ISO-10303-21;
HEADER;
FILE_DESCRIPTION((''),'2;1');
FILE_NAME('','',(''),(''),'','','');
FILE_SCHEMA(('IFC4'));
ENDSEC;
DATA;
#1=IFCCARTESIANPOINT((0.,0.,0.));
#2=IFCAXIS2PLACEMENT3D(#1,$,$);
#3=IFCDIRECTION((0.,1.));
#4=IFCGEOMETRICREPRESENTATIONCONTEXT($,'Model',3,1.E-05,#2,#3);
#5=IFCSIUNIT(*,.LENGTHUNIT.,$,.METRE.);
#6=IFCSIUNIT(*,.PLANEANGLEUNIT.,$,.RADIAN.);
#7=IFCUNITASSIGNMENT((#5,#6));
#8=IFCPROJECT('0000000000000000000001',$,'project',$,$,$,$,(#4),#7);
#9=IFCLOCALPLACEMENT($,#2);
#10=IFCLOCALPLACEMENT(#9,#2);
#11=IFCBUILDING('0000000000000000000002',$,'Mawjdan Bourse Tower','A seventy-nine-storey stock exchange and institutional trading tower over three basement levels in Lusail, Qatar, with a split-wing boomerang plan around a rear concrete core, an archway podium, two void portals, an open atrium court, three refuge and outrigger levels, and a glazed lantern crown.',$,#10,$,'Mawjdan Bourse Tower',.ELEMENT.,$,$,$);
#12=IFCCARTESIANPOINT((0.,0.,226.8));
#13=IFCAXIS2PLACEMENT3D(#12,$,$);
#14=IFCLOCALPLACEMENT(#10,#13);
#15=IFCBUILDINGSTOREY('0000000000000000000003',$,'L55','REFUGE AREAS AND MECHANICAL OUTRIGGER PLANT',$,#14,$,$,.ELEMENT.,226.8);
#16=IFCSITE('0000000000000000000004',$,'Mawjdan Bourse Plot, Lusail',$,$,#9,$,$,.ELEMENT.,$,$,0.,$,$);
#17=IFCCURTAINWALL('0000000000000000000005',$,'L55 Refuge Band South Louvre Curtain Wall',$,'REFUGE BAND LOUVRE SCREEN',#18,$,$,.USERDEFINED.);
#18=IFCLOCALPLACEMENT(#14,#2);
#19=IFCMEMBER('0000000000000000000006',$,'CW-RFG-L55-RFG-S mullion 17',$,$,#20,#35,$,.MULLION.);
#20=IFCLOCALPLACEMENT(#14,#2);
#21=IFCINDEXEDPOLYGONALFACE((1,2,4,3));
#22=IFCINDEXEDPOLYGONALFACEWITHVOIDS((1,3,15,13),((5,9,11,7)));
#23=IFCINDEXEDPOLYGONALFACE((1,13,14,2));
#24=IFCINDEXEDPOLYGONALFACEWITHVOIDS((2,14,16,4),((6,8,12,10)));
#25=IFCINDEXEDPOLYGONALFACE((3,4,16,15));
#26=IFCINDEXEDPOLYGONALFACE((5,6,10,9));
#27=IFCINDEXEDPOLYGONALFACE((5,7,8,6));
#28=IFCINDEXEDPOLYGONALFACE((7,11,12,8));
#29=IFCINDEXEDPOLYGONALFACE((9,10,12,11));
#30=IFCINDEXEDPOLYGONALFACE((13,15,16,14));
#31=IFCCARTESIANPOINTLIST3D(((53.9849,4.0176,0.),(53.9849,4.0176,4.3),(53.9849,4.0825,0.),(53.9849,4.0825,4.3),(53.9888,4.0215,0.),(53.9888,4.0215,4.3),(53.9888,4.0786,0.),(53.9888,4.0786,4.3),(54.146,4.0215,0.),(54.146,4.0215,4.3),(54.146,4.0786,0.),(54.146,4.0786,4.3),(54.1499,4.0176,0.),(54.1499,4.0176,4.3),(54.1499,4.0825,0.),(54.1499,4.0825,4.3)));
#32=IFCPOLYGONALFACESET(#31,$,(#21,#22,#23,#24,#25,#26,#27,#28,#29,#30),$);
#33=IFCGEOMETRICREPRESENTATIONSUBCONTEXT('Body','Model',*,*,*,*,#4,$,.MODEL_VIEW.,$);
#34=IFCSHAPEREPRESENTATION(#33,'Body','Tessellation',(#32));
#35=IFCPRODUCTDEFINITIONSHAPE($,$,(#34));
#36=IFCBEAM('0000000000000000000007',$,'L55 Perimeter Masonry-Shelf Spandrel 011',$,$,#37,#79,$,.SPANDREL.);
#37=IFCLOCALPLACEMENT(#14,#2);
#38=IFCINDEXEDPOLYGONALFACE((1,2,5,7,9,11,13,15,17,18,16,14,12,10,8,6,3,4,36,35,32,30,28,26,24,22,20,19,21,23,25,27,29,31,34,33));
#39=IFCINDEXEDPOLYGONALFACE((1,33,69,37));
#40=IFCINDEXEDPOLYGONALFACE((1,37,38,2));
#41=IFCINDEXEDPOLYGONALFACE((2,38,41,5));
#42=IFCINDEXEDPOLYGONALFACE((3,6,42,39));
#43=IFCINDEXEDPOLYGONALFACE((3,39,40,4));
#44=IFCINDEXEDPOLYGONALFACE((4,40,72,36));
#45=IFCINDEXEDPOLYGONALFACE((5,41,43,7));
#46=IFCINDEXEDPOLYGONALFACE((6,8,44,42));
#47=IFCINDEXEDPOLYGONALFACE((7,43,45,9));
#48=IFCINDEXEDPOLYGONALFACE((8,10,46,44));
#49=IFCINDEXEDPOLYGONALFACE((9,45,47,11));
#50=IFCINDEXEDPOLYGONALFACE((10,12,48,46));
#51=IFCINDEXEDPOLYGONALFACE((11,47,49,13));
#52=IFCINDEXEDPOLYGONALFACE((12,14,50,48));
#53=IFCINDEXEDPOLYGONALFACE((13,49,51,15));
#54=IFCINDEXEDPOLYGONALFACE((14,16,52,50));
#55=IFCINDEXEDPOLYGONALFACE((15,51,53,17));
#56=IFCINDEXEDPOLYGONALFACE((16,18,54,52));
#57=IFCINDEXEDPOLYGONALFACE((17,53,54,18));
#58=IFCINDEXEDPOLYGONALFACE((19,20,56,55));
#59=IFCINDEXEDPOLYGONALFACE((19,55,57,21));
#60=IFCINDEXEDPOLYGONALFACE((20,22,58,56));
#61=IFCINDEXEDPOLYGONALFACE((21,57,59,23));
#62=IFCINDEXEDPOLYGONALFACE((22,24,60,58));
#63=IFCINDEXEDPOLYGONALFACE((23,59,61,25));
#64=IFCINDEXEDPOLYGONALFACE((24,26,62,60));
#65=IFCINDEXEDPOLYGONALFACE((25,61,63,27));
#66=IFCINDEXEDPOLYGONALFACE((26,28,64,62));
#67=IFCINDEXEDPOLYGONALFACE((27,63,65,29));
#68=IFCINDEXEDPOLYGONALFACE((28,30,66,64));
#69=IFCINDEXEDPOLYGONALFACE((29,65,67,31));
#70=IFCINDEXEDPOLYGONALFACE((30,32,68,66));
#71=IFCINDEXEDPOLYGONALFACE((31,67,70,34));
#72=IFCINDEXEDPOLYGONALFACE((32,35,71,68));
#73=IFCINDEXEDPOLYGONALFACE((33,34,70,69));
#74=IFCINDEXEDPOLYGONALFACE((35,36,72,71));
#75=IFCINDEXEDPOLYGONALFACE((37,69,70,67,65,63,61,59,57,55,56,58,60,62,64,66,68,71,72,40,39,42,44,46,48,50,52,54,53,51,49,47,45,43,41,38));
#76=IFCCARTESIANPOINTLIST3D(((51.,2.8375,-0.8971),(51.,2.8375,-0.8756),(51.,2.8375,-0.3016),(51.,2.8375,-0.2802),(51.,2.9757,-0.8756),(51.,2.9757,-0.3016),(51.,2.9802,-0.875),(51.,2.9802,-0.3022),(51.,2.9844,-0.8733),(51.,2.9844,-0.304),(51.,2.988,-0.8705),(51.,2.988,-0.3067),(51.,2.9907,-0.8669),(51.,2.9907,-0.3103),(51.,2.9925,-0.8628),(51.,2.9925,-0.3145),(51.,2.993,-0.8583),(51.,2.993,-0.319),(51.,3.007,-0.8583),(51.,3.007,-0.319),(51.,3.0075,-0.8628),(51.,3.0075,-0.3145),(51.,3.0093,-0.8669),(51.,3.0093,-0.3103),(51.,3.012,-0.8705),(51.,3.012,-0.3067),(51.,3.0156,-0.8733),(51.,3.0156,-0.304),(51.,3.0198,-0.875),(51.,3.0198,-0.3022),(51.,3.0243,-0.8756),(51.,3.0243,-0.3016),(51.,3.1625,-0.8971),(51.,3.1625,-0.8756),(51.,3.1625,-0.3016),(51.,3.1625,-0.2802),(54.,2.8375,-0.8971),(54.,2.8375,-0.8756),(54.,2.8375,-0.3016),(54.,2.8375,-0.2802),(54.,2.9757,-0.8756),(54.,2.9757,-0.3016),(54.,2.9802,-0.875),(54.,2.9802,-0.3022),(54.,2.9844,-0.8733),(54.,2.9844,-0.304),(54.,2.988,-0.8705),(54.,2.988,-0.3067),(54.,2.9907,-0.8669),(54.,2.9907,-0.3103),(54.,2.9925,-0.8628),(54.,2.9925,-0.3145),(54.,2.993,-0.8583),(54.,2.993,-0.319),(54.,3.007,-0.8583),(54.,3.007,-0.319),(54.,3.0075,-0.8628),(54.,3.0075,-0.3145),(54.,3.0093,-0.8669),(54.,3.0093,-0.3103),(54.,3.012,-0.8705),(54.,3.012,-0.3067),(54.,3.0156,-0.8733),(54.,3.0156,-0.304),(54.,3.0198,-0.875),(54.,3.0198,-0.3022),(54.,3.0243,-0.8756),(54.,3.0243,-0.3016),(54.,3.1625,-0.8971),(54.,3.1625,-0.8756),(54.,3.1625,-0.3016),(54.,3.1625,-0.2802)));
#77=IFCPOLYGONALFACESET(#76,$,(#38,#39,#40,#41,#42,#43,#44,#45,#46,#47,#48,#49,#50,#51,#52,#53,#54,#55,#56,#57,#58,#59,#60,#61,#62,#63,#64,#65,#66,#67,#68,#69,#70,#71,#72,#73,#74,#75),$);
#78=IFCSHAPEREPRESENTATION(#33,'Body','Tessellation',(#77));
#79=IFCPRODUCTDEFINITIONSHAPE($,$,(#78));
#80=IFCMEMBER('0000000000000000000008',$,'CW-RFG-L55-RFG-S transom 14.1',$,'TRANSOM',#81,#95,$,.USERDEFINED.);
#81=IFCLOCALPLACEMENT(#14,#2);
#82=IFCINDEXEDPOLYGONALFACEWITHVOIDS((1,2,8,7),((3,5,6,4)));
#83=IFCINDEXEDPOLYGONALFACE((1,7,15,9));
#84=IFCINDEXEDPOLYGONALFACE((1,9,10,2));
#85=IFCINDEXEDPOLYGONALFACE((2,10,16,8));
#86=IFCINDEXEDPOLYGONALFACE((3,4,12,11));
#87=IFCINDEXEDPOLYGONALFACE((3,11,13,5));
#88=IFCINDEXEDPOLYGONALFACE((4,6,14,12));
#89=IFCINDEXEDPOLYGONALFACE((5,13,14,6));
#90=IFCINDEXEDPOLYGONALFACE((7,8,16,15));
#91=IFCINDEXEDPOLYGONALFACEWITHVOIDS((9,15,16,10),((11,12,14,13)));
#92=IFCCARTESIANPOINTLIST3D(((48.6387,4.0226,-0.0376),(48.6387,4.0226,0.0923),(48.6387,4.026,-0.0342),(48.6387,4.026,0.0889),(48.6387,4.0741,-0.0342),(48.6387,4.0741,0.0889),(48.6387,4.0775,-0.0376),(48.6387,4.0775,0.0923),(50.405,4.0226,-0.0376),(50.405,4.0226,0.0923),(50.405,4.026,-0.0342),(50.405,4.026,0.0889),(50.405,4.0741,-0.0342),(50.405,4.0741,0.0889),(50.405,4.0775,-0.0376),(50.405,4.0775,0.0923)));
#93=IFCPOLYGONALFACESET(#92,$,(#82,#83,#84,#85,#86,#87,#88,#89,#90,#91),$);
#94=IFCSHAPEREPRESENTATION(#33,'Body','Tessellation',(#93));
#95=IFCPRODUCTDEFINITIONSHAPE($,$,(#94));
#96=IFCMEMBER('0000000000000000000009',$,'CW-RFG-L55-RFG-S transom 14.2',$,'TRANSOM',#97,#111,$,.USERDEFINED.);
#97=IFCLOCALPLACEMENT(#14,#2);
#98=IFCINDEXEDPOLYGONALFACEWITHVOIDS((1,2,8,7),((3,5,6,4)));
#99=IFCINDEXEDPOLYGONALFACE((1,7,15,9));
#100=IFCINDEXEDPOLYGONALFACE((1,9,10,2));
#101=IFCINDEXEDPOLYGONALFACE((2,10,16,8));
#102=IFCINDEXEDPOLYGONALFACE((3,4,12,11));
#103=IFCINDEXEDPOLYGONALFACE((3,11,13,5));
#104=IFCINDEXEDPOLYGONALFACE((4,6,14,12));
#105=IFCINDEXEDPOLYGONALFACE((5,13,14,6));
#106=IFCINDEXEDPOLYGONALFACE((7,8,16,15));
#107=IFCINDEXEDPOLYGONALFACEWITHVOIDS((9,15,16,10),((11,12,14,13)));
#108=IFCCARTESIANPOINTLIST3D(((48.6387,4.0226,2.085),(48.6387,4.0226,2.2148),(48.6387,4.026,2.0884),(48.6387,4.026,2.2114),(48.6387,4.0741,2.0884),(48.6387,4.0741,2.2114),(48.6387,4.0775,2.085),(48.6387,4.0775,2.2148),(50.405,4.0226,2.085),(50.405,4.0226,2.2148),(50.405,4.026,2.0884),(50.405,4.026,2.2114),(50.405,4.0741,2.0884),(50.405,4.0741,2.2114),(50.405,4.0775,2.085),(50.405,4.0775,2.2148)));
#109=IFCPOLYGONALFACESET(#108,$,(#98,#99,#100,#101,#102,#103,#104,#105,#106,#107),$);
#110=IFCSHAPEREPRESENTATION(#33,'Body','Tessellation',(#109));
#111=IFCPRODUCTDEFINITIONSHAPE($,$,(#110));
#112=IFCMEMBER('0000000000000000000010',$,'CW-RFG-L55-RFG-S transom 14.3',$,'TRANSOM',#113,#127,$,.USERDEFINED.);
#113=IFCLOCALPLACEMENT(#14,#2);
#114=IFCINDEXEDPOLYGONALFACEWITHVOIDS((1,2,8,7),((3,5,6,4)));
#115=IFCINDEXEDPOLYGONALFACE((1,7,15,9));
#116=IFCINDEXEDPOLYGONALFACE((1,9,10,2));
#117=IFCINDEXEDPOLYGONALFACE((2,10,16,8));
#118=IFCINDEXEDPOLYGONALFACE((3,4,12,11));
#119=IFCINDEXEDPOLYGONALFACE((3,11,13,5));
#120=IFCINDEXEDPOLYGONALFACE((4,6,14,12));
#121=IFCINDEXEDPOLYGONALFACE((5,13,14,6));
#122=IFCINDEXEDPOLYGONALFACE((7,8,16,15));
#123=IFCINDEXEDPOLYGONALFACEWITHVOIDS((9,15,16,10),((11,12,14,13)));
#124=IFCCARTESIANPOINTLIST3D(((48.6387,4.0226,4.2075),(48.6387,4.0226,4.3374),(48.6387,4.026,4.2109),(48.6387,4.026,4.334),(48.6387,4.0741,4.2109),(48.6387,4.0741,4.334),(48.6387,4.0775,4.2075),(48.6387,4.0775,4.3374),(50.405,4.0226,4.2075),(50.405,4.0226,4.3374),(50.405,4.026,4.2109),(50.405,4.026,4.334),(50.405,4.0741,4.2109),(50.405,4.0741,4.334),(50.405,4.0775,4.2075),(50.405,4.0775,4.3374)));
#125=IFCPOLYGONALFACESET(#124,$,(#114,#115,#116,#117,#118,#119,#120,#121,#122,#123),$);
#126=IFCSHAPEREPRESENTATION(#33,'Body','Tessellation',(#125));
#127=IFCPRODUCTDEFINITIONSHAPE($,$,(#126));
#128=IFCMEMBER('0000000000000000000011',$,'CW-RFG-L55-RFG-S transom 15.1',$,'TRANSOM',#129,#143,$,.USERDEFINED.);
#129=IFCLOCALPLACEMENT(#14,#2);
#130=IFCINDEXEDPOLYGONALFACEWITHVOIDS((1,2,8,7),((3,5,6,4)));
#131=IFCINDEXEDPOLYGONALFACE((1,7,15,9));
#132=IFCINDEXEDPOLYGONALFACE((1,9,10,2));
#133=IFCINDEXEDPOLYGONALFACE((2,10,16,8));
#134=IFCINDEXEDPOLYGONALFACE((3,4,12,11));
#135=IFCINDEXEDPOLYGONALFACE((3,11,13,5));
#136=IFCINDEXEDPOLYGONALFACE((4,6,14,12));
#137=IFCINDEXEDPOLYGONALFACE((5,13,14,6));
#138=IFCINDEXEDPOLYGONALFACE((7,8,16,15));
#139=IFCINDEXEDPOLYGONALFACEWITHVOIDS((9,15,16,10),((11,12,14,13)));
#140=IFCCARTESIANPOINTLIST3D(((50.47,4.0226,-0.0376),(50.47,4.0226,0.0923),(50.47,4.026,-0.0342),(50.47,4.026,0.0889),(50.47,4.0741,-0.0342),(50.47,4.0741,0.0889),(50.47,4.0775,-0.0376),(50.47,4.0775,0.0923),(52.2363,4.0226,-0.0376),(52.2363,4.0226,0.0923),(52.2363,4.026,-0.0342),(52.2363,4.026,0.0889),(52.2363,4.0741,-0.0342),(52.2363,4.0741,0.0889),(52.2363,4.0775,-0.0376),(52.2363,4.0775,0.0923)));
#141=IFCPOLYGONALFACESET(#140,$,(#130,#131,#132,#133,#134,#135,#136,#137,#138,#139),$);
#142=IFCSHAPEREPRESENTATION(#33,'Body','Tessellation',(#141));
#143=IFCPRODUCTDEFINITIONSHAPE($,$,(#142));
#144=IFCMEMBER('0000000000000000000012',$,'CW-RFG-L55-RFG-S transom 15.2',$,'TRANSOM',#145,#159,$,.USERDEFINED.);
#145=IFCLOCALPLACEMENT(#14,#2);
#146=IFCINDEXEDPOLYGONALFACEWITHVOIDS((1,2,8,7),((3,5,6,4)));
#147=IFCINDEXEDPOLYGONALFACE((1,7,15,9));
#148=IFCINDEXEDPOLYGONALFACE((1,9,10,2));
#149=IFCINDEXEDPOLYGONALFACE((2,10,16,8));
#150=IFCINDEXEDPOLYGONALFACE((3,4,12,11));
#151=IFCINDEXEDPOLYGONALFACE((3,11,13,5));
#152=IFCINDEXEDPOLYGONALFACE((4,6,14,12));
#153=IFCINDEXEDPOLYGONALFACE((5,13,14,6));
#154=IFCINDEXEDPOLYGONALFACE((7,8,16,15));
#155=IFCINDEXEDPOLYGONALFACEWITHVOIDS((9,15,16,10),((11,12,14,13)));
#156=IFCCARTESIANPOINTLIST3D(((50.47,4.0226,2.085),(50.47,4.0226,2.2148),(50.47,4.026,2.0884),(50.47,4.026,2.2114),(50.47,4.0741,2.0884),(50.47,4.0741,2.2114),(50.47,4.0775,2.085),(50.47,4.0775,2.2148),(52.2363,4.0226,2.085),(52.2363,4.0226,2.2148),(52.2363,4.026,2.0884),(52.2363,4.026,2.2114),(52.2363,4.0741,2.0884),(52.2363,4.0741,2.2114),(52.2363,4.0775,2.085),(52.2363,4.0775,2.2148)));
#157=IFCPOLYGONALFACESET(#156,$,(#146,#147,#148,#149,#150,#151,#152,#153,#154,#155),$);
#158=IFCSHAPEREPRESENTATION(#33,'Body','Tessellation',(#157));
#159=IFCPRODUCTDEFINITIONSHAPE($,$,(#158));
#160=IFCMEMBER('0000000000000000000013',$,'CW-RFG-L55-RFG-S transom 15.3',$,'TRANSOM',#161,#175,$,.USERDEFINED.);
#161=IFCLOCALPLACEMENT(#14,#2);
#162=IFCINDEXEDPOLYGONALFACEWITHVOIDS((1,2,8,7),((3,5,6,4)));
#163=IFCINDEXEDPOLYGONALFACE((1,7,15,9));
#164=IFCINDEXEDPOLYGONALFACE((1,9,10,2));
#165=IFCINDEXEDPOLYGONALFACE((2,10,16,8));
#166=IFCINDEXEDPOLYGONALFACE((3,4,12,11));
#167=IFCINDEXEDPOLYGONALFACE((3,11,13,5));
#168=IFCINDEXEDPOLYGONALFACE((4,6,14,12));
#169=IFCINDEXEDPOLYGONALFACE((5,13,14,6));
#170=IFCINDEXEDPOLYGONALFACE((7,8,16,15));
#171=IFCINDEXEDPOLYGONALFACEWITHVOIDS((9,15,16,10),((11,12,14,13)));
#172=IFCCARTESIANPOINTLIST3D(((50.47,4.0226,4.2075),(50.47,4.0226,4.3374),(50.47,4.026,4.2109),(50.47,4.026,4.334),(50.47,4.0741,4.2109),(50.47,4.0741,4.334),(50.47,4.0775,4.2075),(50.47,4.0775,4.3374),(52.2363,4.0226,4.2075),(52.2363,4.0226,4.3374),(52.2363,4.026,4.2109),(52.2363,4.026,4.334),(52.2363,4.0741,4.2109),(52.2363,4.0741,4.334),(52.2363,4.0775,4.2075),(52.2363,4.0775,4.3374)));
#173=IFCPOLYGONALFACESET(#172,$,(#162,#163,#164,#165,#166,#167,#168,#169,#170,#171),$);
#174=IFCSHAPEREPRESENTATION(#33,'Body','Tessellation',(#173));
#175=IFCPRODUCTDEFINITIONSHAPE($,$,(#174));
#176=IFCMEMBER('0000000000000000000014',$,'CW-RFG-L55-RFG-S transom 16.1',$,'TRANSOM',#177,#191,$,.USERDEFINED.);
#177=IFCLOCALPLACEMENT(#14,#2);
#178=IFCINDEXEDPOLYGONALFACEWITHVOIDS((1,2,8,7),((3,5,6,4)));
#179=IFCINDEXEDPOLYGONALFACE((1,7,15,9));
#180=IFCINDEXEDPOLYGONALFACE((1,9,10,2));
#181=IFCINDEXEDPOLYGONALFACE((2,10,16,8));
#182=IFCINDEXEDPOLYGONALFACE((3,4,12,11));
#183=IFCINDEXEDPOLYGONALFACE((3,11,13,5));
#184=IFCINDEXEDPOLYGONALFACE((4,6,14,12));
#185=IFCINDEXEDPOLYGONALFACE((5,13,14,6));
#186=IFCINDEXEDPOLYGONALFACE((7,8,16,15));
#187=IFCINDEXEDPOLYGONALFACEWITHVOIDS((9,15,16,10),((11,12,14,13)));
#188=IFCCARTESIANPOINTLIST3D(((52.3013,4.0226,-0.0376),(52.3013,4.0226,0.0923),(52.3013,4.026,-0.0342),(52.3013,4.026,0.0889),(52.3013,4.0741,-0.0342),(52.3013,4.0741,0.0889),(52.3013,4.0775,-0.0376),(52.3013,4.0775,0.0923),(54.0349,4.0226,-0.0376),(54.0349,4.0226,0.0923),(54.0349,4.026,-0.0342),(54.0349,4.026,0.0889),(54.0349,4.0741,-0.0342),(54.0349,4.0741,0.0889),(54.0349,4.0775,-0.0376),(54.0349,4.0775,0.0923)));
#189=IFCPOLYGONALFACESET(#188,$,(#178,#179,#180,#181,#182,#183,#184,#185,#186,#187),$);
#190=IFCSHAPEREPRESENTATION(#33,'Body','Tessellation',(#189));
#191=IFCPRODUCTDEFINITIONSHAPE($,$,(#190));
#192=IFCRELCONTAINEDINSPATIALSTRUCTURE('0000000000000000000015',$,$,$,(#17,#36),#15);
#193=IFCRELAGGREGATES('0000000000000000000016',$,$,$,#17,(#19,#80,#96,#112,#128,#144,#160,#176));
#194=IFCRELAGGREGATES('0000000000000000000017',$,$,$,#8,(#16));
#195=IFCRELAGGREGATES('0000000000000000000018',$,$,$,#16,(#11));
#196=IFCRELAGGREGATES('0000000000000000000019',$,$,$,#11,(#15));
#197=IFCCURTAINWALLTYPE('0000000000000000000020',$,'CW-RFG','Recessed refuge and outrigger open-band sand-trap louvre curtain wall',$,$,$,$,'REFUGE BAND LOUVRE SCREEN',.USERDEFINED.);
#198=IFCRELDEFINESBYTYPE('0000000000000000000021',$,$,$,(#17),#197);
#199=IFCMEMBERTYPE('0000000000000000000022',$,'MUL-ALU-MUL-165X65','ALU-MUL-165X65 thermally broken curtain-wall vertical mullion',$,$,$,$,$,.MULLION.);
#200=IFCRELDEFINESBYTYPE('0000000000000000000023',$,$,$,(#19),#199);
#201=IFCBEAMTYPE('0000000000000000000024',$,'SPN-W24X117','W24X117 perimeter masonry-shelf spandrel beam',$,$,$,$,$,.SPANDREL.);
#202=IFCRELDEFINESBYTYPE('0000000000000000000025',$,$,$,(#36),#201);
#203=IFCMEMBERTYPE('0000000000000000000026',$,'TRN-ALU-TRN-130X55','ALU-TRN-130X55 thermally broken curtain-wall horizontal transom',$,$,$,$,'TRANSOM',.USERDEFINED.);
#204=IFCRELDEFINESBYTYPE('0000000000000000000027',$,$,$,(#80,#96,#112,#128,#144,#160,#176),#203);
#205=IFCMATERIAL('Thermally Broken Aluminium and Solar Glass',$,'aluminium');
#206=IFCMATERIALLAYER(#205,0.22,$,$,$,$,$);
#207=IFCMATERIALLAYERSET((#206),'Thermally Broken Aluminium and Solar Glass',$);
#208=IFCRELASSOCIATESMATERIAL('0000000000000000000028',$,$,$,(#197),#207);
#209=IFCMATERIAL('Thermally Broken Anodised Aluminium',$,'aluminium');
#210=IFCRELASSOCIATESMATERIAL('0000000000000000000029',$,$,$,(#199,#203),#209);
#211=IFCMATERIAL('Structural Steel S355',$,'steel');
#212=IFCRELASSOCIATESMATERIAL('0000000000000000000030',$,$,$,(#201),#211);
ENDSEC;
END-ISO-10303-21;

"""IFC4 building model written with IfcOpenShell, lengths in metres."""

from ifc_helpers import new_model, si_unit, direction, frame, origin, origin_2d, place, context, subcontext, project, spatial, hollow_rectangle, i_section, extrude, material, layer, layer_set, material_profile, profile_set, type_object, element, aggregate, save


model = new_model("IFC4")

# Units and contexts
model_context = context("Model", 3, precision=1e-05, world=origin(), true_north=direction((0.0, 1.0)))
body_context = subcontext(model_context, "Body", "Model", "MODEL_VIEW")
ifc_project = project(units=[si_unit("LENGTHUNIT", "METRE"), si_unit("PLANEANGLEUNIT", "RADIAN")], contexts=[model_context])

# Site, building, storey
site_placement = place(None, origin())
site = spatial("IfcSite", under=ifc_project, at=site_placement, Name="Mawjdan Bourse Plot, Lusail", CompositionType="ELEMENT", RefElevation=0.0)
building_placement = place(site_placement, origin())
building = spatial("IfcBuilding", under=site, at=building_placement, Name="Mawjdan Bourse Tower", Description="A seventy-nine-storey stock exchange and institutional trading tower over three basement levels in Lusail, Qatar, with a split-wing boomerang plan around a rear concrete core, an archway podium, two void portals, an open atrium court, three refuge and outrigger levels, and a glazed lantern crown.", LongName="Mawjdan Bourse Tower", CompositionType="ELEMENT")
storey_placement = place(building_placement, frame((0.0, 0.0, 226.8)))
storey = spatial("IfcBuildingStorey", under=building, at=storey_placement, Name="L55", Description="REFUGE AREAS AND MECHANICAL OUTRIGGER PLANT", CompositionType="ELEMENT", Elevation=226.8)

# Shared definitions
ifc_material_1 = material(Name="Structural Steel S355", Category="steel")

# Curtain wall, member
ifc_material_2 = material(Name="Thermally Broken Aluminium and Solar Glass", Category="aluminium")
ifc_layer_1 = layer(ifc_material_2, 0.22)
ifc_layer_set_1 = layer_set([ifc_layer_1], Name="Thermally Broken Aluminium and Solar Glass")
curtain_wall_type = type_object("IfcCurtainWallType", Name="CW-RFG", Description="Recessed refuge and outrigger open-band sand-trap louvre curtain wall", ElementType="REFUGE BAND LOUVRE SCREEN", PredefinedType="USERDEFINED", material=ifc_layer_set_1)
curtain_wall_placement = place(storey_placement, origin())
curtain_wall = element("IfcCurtainWall", 1, at=curtain_wall_placement, inside=storey, type_object=curtain_wall_type, Name="L55 Refuge Band South Louvre Curtain Wall", ObjectType="REFUGE BAND LOUVRE SCREEN", PredefinedType="USERDEFINED")
ifc_material_3 = material(Name="Thermally Broken Anodised Aluminium", Category="aluminium")
ifc_material_profile_1 = material_profile(ifc_material_3, hollow_rectangle(XDim=0.0649, YDim=0.165, WallThickness=0.0039, at=origin_2d()), Name="ALU-MUL-165X65")
ifc_profile_set_1 = profile_set([ifc_material_profile_1], Name="Thermally Broken Anodised Aluminium")
member_type_1 = type_object("IfcMemberType", Name="MUL-ALU-MUL-165X65", Description="ALU-MUL-165X65 thermally broken curtain-wall vertical mullion", PredefinedType="MULLION", material=ifc_profile_set_1)
member_1_placement = place(storey_placement, frame((54.0674, 4.05, 0.0), z_axis=(0.0, 0.0, 1.0), x_axis=(0.0, 1.0, 0.0)))
member_1 = element("IfcMember", 2, at=member_1_placement, type_object=member_type_1, Name="CW-RFG-L55-RFG-S mullion 17", PredefinedType="MULLION", context=body_context, shape_type="SweptSolid", body=[
    extrude(hollow_rectangle(XDim=0.0649, YDim=0.165, WallThickness=0.0039, at=origin_2d()), origin(), (0.0, 0.0, 1.0), 4.3),
])

# Beam
ifc_material_profile_2 = material_profile(ifc_material_1, i_section(OverallWidth=0.325, OverallDepth=0.6169, WebThickness=0.0139, FlangeThickness=0.0215, FilletRadius=0.0173, at=origin_2d()), Name="W24X117")
ifc_profile_set_2 = profile_set([ifc_material_profile_2], Name="Structural Steel S355")
beam_type_1 = type_object("IfcBeamType", Name="SPN-W24X117", Description="W24X117 perimeter masonry-shelf spandrel beam", PredefinedType="SPANDREL", material=ifc_profile_set_2)
beam_placement = place(storey_placement, frame((51.0, 3.0, -0.5886), z_axis=(1.0, 0.0, 0.0), x_axis=(0.0, 1.0, 0.0)))
element("IfcBeam", 3, at=beam_placement, inside=storey, type_object=beam_type_1, Name="L55 Perimeter Masonry-Shelf Spandrel 011", PredefinedType="SPANDREL", context=body_context, shape_type="SweptSolid", body=[
    extrude(i_section(OverallWidth=0.325, OverallDepth=0.6169, WebThickness=0.0139, FlangeThickness=0.0215, FilletRadius=0.0173, at=origin_2d()), origin(), (0.0, 0.0, 1.0), 3.0),
])

# Members
ifc_material_profile_3 = material_profile(ifc_material_3, hollow_rectangle(XDim=0.0549, YDim=0.1299, WallThickness=0.0034, at=origin_2d()), Name="ALU-TRN-130X55")
ifc_profile_set_3 = profile_set([ifc_material_profile_3], Name="Thermally Broken Anodised Aluminium")
member_type_2 = type_object("IfcMemberType", Name="TRN-ALU-TRN-130X55", Description="ALU-TRN-130X55 thermally broken curtain-wall horizontal transom", ElementType="TRANSOM", PredefinedType="USERDEFINED", material=ifc_profile_set_3)
member_2_placement = place(storey_placement, frame((48.6387, 4.05, 0.0273), z_axis=(1.0, 0.0, 0.0), x_axis=(0.0, 1.0, 0.0)))
member_2 = element("IfcMember", 4, at=member_2_placement, type_object=member_type_2, Name="CW-RFG-L55-RFG-S transom 14.1", ObjectType="TRANSOM", PredefinedType="USERDEFINED", context=body_context, shape_type="SweptSolid", body=[
    extrude(hollow_rectangle(XDim=0.0549, YDim=0.1299, WallThickness=0.0034, at=origin_2d()), origin(), (0.0, 0.0, 1.0), 1.7664),
])
member_3_placement = place(storey_placement, frame((48.6387, 4.05, 2.1499), z_axis=(1.0, 0.0, 0.0), x_axis=(0.0, 1.0, 0.0)))
member_3 = element("IfcMember", 5, at=member_3_placement, type_object=member_type_2, Name="CW-RFG-L55-RFG-S transom 14.2", ObjectType="TRANSOM", PredefinedType="USERDEFINED", context=body_context, shape_type="SweptSolid", body=[
    extrude(hollow_rectangle(XDim=0.0549, YDim=0.1299, WallThickness=0.0034, at=origin_2d()), origin(), (0.0, 0.0, 1.0), 1.7664),
])
member_4_placement = place(storey_placement, frame((48.6387, 4.05, 4.2725), z_axis=(1.0, 0.0, 0.0), x_axis=(0.0, 1.0, 0.0)))
member_4 = element("IfcMember", 6, at=member_4_placement, type_object=member_type_2, Name="CW-RFG-L55-RFG-S transom 14.3", ObjectType="TRANSOM", PredefinedType="USERDEFINED", context=body_context, shape_type="SweptSolid", body=[
    extrude(hollow_rectangle(XDim=0.0549, YDim=0.1299, WallThickness=0.0034, at=origin_2d()), origin(), (0.0, 0.0, 1.0), 1.7664),
])
member_5_placement = place(storey_placement, frame((50.47, 4.05, 0.0273), z_axis=(1.0, 0.0, 0.0), x_axis=(0.0, 1.0, 0.0)))
member_5 = element("IfcMember", 7, at=member_5_placement, type_object=member_type_2, Name="CW-RFG-L55-RFG-S transom 15.1", ObjectType="TRANSOM", PredefinedType="USERDEFINED", context=body_context, shape_type="SweptSolid", body=[
    extrude(hollow_rectangle(XDim=0.0549, YDim=0.1299, WallThickness=0.0034, at=origin_2d()), origin(), (0.0, 0.0, 1.0), 1.7664),
])
member_6_placement = place(storey_placement, frame((50.47, 4.05, 2.1499), z_axis=(1.0, 0.0, 0.0), x_axis=(0.0, 1.0, 0.0)))
member_6 = element("IfcMember", 8, at=member_6_placement, type_object=member_type_2, Name="CW-RFG-L55-RFG-S transom 15.2", ObjectType="TRANSOM", PredefinedType="USERDEFINED", context=body_context, shape_type="SweptSolid", body=[
    extrude(hollow_rectangle(XDim=0.0549, YDim=0.1299, WallThickness=0.0034, at=origin_2d()), origin(), (0.0, 0.0, 1.0), 1.7664),
])
member_7_placement = place(storey_placement, frame((50.47, 4.05, 4.2725), z_axis=(1.0, 0.0, 0.0), x_axis=(0.0, 1.0, 0.0)))
member_7 = element("IfcMember", 9, at=member_7_placement, type_object=member_type_2, Name="CW-RFG-L55-RFG-S transom 15.3", ObjectType="TRANSOM", PredefinedType="USERDEFINED", context=body_context, shape_type="SweptSolid", body=[
    extrude(hollow_rectangle(XDim=0.0549, YDim=0.1299, WallThickness=0.0034, at=origin_2d()), origin(), (0.0, 0.0, 1.0), 1.7664),
])
member_8_placement = place(storey_placement, frame((52.3013, 4.05, 0.0273), z_axis=(1.0, 0.0, 0.0), x_axis=(0.0, 1.0, 0.0)))
member_8 = element("IfcMember", 10, at=member_8_placement, type_object=member_type_2, Name="CW-RFG-L55-RFG-S transom 16.1", ObjectType="TRANSOM", PredefinedType="USERDEFINED", context=body_context, shape_type="SweptSolid", body=[
    extrude(hollow_rectangle(XDim=0.0549, YDim=0.1299, WallThickness=0.0034, at=origin_2d()), origin(), (0.0, 0.0, 1.0), 1.7336),
])

aggregate(curtain_wall, [member_1, member_2, member_3, member_4, member_5, member_6, member_7, member_8])

save(model, "model.ifc")
